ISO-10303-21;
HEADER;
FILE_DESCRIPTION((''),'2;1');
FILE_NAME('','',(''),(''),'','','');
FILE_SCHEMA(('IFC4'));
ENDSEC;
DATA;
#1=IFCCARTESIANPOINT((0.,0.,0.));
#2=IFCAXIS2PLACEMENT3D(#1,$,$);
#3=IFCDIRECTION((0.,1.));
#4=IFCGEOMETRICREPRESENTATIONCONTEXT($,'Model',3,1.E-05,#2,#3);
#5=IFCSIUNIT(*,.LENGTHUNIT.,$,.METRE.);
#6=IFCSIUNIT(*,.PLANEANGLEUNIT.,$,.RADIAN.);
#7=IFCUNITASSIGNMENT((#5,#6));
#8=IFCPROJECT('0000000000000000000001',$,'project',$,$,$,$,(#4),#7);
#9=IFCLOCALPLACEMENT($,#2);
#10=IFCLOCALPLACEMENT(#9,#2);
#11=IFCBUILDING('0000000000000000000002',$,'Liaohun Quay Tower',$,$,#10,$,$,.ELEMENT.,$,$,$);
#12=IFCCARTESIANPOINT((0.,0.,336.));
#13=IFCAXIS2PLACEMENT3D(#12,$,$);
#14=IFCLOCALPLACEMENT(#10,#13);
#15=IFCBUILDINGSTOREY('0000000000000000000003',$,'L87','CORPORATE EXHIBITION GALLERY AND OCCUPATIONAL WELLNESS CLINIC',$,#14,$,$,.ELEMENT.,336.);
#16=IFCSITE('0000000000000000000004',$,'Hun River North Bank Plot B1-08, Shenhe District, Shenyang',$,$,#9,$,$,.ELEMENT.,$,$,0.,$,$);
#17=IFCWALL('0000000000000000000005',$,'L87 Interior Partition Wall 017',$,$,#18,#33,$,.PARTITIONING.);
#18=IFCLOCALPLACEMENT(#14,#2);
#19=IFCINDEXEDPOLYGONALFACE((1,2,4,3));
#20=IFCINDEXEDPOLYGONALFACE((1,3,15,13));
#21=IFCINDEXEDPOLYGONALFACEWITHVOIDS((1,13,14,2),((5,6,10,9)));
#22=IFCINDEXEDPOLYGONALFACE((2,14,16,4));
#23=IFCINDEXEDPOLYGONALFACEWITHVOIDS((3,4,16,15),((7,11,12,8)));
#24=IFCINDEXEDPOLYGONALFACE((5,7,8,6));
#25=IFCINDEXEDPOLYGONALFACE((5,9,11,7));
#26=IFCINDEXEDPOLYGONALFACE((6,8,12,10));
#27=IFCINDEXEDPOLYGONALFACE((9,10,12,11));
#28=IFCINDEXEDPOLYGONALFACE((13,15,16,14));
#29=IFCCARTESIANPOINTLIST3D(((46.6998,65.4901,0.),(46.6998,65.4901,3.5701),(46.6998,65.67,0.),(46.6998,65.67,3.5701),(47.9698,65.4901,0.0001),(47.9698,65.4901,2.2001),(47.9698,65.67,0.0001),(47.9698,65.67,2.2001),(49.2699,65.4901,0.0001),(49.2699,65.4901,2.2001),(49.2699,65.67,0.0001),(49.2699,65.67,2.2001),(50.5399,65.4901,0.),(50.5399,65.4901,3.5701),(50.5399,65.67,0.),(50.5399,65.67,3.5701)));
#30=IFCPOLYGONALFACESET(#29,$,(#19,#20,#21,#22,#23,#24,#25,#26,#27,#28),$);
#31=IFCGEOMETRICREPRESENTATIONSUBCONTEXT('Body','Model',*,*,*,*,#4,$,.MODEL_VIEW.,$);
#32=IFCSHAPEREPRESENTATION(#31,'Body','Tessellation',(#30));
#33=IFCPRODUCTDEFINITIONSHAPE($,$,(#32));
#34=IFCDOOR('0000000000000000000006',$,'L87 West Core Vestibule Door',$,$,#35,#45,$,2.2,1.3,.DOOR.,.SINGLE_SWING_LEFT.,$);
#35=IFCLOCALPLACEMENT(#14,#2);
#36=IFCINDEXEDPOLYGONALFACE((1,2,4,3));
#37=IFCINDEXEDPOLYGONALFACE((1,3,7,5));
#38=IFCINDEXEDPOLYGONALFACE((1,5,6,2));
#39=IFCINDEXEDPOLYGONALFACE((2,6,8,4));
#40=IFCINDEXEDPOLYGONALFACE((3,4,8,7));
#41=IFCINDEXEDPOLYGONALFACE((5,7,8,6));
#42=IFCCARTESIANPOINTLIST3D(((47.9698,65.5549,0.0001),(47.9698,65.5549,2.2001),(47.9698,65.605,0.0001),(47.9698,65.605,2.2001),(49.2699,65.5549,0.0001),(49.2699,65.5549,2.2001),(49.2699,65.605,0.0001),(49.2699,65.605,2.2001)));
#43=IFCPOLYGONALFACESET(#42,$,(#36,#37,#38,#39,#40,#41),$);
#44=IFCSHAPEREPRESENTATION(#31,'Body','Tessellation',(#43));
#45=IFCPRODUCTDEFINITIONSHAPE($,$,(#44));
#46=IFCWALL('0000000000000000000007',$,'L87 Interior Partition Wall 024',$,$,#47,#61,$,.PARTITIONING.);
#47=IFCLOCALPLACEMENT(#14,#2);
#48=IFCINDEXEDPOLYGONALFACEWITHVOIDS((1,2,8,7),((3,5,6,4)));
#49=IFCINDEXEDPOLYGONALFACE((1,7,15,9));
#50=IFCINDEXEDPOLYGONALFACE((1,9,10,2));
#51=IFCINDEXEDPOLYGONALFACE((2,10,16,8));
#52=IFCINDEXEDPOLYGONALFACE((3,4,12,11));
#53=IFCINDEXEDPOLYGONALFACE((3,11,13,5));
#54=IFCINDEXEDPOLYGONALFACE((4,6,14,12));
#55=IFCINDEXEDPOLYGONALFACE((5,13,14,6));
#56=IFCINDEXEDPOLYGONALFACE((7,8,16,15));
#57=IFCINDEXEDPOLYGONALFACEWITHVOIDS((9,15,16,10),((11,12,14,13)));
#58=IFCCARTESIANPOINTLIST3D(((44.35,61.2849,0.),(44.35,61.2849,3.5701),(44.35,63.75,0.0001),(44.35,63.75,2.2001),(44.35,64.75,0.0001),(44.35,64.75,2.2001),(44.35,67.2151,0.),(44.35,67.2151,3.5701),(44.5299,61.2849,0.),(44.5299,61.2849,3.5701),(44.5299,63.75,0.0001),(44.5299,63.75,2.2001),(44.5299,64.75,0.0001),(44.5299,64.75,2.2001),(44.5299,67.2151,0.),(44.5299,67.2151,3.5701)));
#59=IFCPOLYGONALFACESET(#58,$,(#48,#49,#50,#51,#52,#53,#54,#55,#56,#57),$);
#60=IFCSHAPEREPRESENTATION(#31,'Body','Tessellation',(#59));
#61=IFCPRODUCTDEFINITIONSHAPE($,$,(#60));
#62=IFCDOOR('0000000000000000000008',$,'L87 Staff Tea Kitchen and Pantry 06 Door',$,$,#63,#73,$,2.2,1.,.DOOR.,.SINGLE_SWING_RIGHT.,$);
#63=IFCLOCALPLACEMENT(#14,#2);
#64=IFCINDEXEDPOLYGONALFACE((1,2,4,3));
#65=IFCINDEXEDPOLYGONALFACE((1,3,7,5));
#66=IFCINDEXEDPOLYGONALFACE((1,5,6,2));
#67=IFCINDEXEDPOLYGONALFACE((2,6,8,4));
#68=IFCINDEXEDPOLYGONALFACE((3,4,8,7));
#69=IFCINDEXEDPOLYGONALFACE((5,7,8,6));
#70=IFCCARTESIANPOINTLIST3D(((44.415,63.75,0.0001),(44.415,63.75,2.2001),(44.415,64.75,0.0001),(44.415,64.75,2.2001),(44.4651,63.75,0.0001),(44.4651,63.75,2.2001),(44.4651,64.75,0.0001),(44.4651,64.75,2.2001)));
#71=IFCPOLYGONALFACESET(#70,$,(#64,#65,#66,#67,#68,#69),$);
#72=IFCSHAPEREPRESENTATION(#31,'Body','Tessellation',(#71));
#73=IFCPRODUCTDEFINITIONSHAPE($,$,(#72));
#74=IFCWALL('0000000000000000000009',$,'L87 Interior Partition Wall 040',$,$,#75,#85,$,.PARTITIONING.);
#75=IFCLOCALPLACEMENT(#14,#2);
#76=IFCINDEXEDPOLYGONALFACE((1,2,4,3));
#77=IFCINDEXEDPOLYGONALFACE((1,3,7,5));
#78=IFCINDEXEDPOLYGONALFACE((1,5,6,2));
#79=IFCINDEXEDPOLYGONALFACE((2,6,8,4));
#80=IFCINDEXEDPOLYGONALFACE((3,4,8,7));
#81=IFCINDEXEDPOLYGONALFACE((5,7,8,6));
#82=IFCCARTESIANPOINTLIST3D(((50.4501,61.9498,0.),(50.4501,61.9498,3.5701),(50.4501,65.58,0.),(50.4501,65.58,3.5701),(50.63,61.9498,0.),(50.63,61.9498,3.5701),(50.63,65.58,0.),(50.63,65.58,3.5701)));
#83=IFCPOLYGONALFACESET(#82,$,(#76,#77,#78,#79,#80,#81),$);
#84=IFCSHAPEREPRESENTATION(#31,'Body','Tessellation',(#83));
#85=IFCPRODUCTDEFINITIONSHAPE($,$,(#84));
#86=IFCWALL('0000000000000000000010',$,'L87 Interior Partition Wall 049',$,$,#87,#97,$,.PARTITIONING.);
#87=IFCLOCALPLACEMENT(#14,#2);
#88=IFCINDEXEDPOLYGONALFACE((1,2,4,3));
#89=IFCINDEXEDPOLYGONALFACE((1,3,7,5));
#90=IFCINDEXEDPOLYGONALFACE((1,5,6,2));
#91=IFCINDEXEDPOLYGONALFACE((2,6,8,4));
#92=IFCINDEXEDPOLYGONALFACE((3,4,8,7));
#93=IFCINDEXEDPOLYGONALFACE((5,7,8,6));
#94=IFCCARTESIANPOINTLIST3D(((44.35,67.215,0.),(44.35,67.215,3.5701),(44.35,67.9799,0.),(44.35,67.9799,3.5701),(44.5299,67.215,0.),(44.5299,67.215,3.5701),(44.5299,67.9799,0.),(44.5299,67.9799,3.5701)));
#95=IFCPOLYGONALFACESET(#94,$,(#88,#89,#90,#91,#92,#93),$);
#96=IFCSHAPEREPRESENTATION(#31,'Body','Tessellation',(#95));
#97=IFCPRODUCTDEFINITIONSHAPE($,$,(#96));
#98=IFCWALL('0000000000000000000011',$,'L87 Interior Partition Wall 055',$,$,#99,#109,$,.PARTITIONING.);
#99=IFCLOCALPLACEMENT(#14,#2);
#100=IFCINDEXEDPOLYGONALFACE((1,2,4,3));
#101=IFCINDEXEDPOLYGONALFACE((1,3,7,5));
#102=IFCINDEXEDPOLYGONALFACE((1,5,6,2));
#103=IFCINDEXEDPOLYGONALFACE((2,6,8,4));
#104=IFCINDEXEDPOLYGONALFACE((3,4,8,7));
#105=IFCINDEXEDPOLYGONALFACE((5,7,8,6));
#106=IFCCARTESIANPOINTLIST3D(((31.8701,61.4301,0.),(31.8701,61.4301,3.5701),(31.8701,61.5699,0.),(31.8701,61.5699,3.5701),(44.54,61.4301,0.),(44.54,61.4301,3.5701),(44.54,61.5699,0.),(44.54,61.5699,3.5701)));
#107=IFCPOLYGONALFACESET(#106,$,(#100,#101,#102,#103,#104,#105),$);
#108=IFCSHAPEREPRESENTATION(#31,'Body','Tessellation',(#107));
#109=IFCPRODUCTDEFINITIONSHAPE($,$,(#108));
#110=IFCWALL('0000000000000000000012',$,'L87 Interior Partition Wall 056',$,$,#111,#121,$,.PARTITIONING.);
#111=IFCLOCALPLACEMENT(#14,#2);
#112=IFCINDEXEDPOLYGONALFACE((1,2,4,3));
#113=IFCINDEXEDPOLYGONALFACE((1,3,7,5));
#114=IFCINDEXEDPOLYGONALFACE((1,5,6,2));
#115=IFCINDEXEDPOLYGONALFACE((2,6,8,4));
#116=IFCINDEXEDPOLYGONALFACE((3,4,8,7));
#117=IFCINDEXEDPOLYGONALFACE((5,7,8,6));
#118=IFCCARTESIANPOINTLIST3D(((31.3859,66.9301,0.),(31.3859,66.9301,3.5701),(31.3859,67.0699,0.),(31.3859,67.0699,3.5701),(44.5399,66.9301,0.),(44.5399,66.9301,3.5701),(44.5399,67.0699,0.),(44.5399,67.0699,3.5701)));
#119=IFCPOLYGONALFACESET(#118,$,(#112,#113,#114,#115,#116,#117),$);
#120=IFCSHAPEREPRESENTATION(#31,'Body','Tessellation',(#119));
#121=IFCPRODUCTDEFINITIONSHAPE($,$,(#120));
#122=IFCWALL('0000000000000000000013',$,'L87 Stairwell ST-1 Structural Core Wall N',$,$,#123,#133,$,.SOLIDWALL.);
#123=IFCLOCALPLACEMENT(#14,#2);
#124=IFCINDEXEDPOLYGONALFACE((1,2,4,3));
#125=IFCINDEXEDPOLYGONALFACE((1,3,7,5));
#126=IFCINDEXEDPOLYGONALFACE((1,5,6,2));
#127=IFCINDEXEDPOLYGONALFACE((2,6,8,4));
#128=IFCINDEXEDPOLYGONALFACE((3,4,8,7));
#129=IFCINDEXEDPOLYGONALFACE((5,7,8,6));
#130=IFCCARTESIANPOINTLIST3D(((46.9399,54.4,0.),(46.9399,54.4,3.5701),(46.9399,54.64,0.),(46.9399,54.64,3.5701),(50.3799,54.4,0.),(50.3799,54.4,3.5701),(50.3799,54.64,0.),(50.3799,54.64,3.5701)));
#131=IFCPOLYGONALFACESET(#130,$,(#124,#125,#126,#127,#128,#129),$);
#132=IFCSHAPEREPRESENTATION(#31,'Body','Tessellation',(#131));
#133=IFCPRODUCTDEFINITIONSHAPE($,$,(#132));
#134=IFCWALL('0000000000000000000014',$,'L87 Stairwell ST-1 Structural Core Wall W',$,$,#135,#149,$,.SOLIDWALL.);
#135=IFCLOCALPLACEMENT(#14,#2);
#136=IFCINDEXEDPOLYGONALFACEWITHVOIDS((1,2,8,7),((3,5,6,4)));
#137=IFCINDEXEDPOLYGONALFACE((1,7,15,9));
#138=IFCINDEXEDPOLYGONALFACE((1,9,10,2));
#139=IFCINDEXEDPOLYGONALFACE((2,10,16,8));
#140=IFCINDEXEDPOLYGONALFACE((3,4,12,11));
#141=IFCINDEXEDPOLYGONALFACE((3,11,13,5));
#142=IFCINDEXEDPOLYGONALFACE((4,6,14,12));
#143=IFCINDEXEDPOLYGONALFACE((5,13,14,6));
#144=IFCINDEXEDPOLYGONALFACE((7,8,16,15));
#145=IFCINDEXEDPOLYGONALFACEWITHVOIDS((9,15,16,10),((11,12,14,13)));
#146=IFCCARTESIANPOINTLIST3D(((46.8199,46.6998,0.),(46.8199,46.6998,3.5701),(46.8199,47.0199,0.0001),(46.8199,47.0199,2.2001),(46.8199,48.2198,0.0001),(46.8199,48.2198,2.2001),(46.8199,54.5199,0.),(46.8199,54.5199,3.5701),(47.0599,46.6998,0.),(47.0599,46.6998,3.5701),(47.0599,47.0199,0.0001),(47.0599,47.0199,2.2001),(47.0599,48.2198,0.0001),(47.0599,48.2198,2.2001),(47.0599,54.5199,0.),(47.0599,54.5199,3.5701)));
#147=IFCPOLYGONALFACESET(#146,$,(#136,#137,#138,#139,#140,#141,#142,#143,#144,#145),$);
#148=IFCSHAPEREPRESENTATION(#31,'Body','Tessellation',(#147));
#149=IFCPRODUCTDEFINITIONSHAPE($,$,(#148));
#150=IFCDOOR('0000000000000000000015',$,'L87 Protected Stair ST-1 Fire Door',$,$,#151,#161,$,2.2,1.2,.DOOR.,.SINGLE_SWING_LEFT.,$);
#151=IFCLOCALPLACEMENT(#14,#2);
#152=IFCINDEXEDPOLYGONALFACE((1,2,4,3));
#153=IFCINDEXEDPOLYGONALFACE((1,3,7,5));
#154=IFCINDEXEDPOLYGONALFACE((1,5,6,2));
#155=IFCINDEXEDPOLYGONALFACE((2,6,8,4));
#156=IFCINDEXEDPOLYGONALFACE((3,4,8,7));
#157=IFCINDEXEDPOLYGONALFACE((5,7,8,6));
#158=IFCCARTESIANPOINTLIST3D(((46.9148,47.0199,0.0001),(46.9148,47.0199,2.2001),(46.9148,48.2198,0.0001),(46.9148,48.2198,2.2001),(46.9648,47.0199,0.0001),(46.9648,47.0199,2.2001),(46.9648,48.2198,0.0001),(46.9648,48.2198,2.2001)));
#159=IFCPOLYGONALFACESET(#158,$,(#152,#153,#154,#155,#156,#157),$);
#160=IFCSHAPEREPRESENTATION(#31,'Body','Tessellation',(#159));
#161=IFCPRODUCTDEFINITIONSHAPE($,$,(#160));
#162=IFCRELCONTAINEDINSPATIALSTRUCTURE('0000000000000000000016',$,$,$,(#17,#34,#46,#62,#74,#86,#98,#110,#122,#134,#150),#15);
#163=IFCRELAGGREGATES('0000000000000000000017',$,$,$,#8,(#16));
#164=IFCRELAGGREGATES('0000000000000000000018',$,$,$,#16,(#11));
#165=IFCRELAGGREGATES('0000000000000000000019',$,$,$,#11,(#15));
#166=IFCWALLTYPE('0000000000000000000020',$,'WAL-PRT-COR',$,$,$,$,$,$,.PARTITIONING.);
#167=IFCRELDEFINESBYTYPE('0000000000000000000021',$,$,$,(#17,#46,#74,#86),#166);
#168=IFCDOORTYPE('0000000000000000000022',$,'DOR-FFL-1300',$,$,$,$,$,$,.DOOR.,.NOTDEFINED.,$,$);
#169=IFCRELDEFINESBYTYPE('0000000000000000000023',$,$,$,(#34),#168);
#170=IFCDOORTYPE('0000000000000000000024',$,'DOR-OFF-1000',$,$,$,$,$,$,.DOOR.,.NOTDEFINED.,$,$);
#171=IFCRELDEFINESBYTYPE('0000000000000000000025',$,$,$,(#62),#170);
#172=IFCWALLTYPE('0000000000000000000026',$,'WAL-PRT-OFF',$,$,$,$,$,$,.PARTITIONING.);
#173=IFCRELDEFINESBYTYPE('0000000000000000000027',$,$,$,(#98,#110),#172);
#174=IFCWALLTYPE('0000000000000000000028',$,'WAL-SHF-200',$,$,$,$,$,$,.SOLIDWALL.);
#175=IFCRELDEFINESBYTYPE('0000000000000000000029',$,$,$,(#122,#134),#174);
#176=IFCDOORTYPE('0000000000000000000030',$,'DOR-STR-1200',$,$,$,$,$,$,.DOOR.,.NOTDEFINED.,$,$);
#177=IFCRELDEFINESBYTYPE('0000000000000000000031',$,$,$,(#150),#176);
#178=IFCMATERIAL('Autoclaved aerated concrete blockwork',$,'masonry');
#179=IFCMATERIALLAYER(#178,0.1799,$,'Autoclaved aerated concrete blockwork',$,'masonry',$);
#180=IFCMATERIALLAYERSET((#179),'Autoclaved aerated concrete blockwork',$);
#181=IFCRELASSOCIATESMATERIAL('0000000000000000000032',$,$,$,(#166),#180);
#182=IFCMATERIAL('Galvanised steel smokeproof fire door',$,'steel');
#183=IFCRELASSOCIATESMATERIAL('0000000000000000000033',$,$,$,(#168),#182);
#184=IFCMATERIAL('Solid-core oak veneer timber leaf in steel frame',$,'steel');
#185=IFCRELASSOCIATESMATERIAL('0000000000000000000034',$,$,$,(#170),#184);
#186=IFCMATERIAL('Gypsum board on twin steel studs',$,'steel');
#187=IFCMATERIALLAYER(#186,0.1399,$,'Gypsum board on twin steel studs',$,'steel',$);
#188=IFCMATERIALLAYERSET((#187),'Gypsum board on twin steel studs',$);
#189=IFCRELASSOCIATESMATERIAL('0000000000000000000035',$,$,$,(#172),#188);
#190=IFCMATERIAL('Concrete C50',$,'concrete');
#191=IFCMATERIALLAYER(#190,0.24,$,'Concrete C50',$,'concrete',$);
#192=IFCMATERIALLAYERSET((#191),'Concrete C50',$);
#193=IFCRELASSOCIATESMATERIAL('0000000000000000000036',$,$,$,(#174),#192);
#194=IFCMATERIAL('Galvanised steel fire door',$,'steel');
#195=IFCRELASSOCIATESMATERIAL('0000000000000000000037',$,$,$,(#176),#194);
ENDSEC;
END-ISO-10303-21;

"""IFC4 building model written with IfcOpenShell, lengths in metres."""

from ifc_helpers import new_model, si_unit, direction, frame, frame_2d, origin, place, context, subcontext, project, spatial, rectangle, extrude, source, transform, mapped, material, layer, layer_set, type_object, element, fill, save


model = new_model("IFC4")

# Units and contexts
model_context = context("Model", 3, precision=1e-05, world=origin(), true_north=direction((0.0, 1.0)))
body_context = subcontext(model_context, "Body", "Model", "MODEL_VIEW")
ifc_project = project(units=[si_unit("LENGTHUNIT", "METRE"), si_unit("PLANEANGLEUNIT", "RADIAN")], contexts=[model_context])

# Site, building, storey
site_placement = place(None, origin())
site = spatial("IfcSite", under=ifc_project, at=site_placement, Name="Hun River North Bank Plot B1-08, Shenhe District, Shenyang", CompositionType="ELEMENT", RefElevation=0.0)
building_placement = place(site_placement, origin())
building = spatial("IfcBuilding", under=site, at=building_placement, Name="Liaohun Quay Tower", CompositionType="ELEMENT")
storey_placement = place(building_placement, frame((0.0, 0.0, 336.0)))
storey = spatial("IfcBuildingStorey", under=building, at=storey_placement, Name="L87", Description="CORPORATE EXHIBITION GALLERY AND OCCUPATIONAL WELLNESS CLINIC", CompositionType="ELEMENT", Elevation=336.0)

# Shared definitions
ifc_material_1 = material(Name="Concrete C50", Category="concrete")

# Walls, openings, doors
ifc_material_2 = material(Name="Autoclaved aerated concrete blockwork", Category="masonry")
ifc_layer_1 = layer(ifc_material_2, 0.1799, Name="Autoclaved aerated concrete blockwork", Category="masonry")
ifc_layer_set_1 = layer_set([ifc_layer_1], Name="Autoclaved aerated concrete blockwork")
wall_type_1 = type_object("IfcWallType", Name="WAL-PRT-COR", PredefinedType="PARTITIONING", material=ifc_layer_set_1)
wall_1_placement = place(storey_placement, frame((46.7, 65.5801, 0.0), z_axis=(0.0, 0.0, 1.0), x_axis=(1.0, 0.0, 0.0)))
wall_1 = element("IfcWall", 1, at=wall_1_placement, inside=storey, type_object=wall_type_1, Name="L87 Interior Partition Wall 017", PredefinedType="PARTITIONING", context=body_context, shape_type="SweptSolid", body=[
    extrude(rectangle(XDim=3.8401, YDim=0.1799, at=frame_2d((1.9199, 0.0))), origin(), (0.0, 0.0, 1.0), 3.5701),
])
shared_shape_1 = source(origin(), body_context, "Body", "SweptSolid", [
    extrude(rectangle(XDim=1.3, YDim=2.2, at=frame_2d((0.6499, 1.1001))), frame((0.0, 0.0999, 0.0), z_axis=(0.0, -1.0, 0.0), x_axis=(1.0, 0.0, 0.0)), (0.0, 0.0, 1.0), 0.2),
])
opening_1_placement = place(wall_1_placement, frame((1.27, 0.0, 0.0)))
opening_1 = element("IfcOpeningElement", 2, at=opening_1_placement, cuts=wall_1, PredefinedType="OPENING", context=body_context, shape_type="MappedRepresentation", body=[
    mapped(shared_shape_1, transform((0.0, 0.0, 0.0), x_axis=(1.0, 0.0, 0.0), y_axis=(0.0, 1.0, 0.0), z_axis=(0.0, 0.0, 1.0), scale=1.0)),
])
ifc_material_3 = material(Name="Galvanised steel smokeproof fire door", Category="steel")
door_type_1 = type_object("IfcDoorType", Name="DOR-FFL-1300", OperationType="NOTDEFINED", PredefinedType="DOOR", material=ifc_material_3)
shared_shape_2 = source(origin(), body_context, "Body", "SweptSolid", [
    extrude(rectangle(XDim=1.3, YDim=2.2, at=frame_2d((0.6499, 1.1001))), frame((0.0, 0.0249, 0.0), z_axis=(0.0, -1.0, 0.0), x_axis=(1.0, 0.0, 0.0)), (0.0, 0.0, 1.0), 0.05),
])
door_1_placement = place(opening_1_placement, origin())
door_1 = element("IfcDoor", 3, at=door_1_placement, inside=storey, type_object=door_type_1, Name="L87 West Core Vestibule Door", OperationType="SINGLE_SWING_LEFT", OverallHeight=2.2, OverallWidth=1.3, PredefinedType="DOOR", context=body_context, shape_type="MappedRepresentation", body=[
    mapped(shared_shape_2, transform((0.0, 0.0, 0.0), x_axis=(1.0, 0.0, 0.0), y_axis=(0.0, 1.0, 0.0), z_axis=(0.0, 0.0, 1.0), scale=1.0)),
])
fill(opening_1, door_1)
wall_2_placement = place(storey_placement, frame((44.4399, 61.2849, 0.0), z_axis=(0.0, 0.0, 1.0), x_axis=(0.0, 1.0, 0.0)))
wall_2 = element("IfcWall", 4, at=wall_2_placement, inside=storey, type_object=wall_type_1, Name="L87 Interior Partition Wall 024", PredefinedType="PARTITIONING", context=body_context, shape_type="SweptSolid", body=[
    extrude(rectangle(XDim=5.9302, YDim=0.1799, at=frame_2d((2.9651, 0.0))), origin(), (0.0, 0.0, 1.0), 3.5701),
])
shared_shape_3 = source(origin(), body_context, "Body", "SweptSolid", [
    extrude(rectangle(XDim=1.0, YDim=2.2, at=frame_2d((0.5, 1.1001))), frame((0.0, 0.0999, 0.0), z_axis=(0.0, -1.0, 0.0), x_axis=(1.0, 0.0, 0.0)), (0.0, 0.0, 1.0), 0.2),
])
opening_2_placement = place(wall_2_placement, frame((2.4651, 0.0, 0.0)))
opening_2 = element("IfcOpeningElement", 5, at=opening_2_placement, cuts=wall_2, PredefinedType="OPENING", context=body_context, shape_type="MappedRepresentation", body=[
    mapped(shared_shape_3, transform((0.0, 0.0, 0.0), x_axis=(1.0, 0.0, 0.0), y_axis=(0.0, 1.0, 0.0), z_axis=(0.0, 0.0, 1.0), scale=1.0)),
])
ifc_material_4 = material(Name="Solid-core oak veneer timber leaf in steel frame", Category="steel")
door_type_2 = type_object("IfcDoorType", Name="DOR-OFF-1000", OperationType="NOTDEFINED", PredefinedType="DOOR", material=ifc_material_4)
shared_shape_4 = source(origin(), body_context, "Body", "SweptSolid", [
    extrude(rectangle(XDim=1.0, YDim=2.2, at=frame_2d((0.5, 1.1001))), frame((0.0, 0.0249, 0.0), z_axis=(0.0, -1.0, 0.0), x_axis=(1.0, 0.0, 0.0)), (0.0, 0.0, 1.0), 0.05),
])
door_2_placement = place(opening_2_placement, origin())
door_2 = element("IfcDoor", 6, at=door_2_placement, inside=storey, type_object=door_type_2, Name="L87 Staff Tea Kitchen and Pantry 06 Door", OperationType="SINGLE_SWING_RIGHT", OverallHeight=2.2, OverallWidth=1.0, PredefinedType="DOOR", context=body_context, shape_type="MappedRepresentation", body=[
    mapped(shared_shape_4, transform((0.0, 0.0, 0.0), x_axis=(1.0, 0.0, 0.0), y_axis=(0.0, 1.0, 0.0), z_axis=(0.0, 0.0, 1.0), scale=1.0)),
])
fill(opening_2, door_2)

# Walls
wall_3_placement = place(storey_placement, frame((50.54, 61.95, 0.0), z_axis=(0.0, 0.0, 1.0), x_axis=(0.0, 1.0, 0.0)))
element("IfcWall", 7, at=wall_3_placement, inside=storey, type_object=wall_type_1, Name="L87 Interior Partition Wall 040", PredefinedType="PARTITIONING", context=body_context, shape_type="SweptSolid", body=[
    extrude(rectangle(XDim=3.6301, YDim=0.1799, at=frame_2d((1.8149, 0.0))), origin(), (0.0, 0.0, 1.0), 3.5701),
])
wall_4_placement = place(storey_placement, frame((44.4399, 67.2151, 0.0), z_axis=(0.0, 0.0, 1.0), x_axis=(0.0, 1.0, 0.0)))
element("IfcWall", 8, at=wall_4_placement, inside=storey, type_object=wall_type_1, Name="L87 Interior Partition Wall 049", PredefinedType="PARTITIONING", context=body_context, shape_type="SweptSolid", body=[
    extrude(rectangle(XDim=0.7649, YDim=0.1799, at=frame_2d((0.3823, 0.0))), origin(), (0.0, 0.0, 1.0), 3.5701),
])
ifc_material_5 = material(Name="Gypsum board on twin steel studs", Category="steel")
ifc_layer_2 = layer(ifc_material_5, 0.1399, Name="Gypsum board on twin steel studs", Category="steel")
ifc_layer_set_2 = layer_set([ifc_layer_2], Name="Gypsum board on twin steel studs")
wall_type_2 = type_object("IfcWallType", Name="WAL-PRT-OFF", PredefinedType="PARTITIONING", material=ifc_layer_set_2)
wall_5_placement = place(storey_placement, frame((44.54, 61.5, 0.0), z_axis=(0.0, 0.0, 1.0), x_axis=(-1.0, 0.0, 0.0)))
element("IfcWall", 9, at=wall_5_placement, inside=storey, type_object=wall_type_2, Name="L87 Interior Partition Wall 055", PredefinedType="PARTITIONING", context=body_context, shape_type="SweptSolid", body=[
    extrude(rectangle(XDim=12.6699, YDim=0.1399, at=frame_2d((6.335, 0.0))), origin(), (0.0, 0.0, 1.0), 3.5701),
])
wall_6_placement = place(storey_placement, frame((44.54, 67.0, 0.0), z_axis=(0.0, 0.0, 1.0), x_axis=(-1.0, 0.0, 0.0)))
element("IfcWall", 10, at=wall_6_placement, inside=storey, type_object=wall_type_2, Name="L87 Interior Partition Wall 056", PredefinedType="PARTITIONING", context=body_context, shape_type="SweptSolid", body=[
    extrude(rectangle(XDim=13.1541, YDim=0.1399, at=frame_2d((6.5771, 0.0))), origin(), (0.0, 0.0, 1.0), 3.5701),
])
ifc_layer_3 = layer(ifc_material_1, 0.24, Name="Concrete C50", Category="concrete")
ifc_layer_set_3 = layer_set([ifc_layer_3], Name="Concrete C50")
wall_type_3 = type_object("IfcWallType", Name="WAL-SHF-200", PredefinedType="SOLIDWALL", material=ifc_layer_set_3)
wall_7_placement = place(storey_placement, frame((50.3799, 54.52, 0.0), z_axis=(0.0, 0.0, 1.0), x_axis=(-1.0, 0.0, 0.0)))
element("IfcWall", 11, at=wall_7_placement, inside=storey, type_object=wall_type_3, Name="L87 Stairwell ST-1 Structural Core Wall N", PredefinedType="SOLIDWALL", context=body_context, shape_type="SweptSolid", body=[
    extrude(rectangle(XDim=3.4399, YDim=0.24, at=frame_2d((1.72, 0.0))), origin(), (0.0, 0.0, 1.0), 3.5701),
])

# Wall, opening, door
wall_8_placement = place(storey_placement, frame((46.9399, 54.52, 0.0), z_axis=(0.0, 0.0, 1.0), x_axis=(0.0, -1.0, 0.0)))
wall_8 = element("IfcWall", 12, at=wall_8_placement, inside=storey, type_object=wall_type_3, Name="L87 Stairwell ST-1 Structural Core Wall W", PredefinedType="SOLIDWALL", context=body_context, shape_type="SweptSolid", body=[
    extrude(rectangle(XDim=7.8201, YDim=0.24, at=frame_2d((3.9102, 0.0))), origin(), (0.0, 0.0, 1.0), 3.5701),
])
shared_shape_5 = source(origin(), body_context, "Body", "SweptSolid", [
    extrude(rectangle(XDim=1.2, YDim=2.2, at=frame_2d((0.6001, 1.1001))), frame((0.0, 0.1299, 0.0), z_axis=(0.0, -1.0, 0.0), x_axis=(1.0, 0.0, 0.0)), (0.0, 0.0, 1.0), 0.26),
])
opening_3_placement = place(wall_8_placement, frame((6.3, 0.0, 0.0)))
opening_3 = element("IfcOpeningElement", 13, at=opening_3_placement, cuts=wall_8, PredefinedType="OPENING", context=body_context, shape_type="MappedRepresentation", body=[
    mapped(shared_shape_5, transform((0.0, 0.0, 0.0), x_axis=(1.0, 0.0, 0.0), y_axis=(0.0, 1.0, 0.0), z_axis=(0.0, 0.0, 1.0), scale=1.0)),
])
ifc_material_6 = material(Name="Galvanised steel fire door", Category="steel")
door_type_3 = type_object("IfcDoorType", Name="DOR-STR-1200", OperationType="NOTDEFINED", PredefinedType="DOOR", material=ifc_material_6)
shared_shape_6 = source(origin(), body_context, "Body", "SweptSolid", [
    extrude(rectangle(XDim=1.2, YDim=2.2, at=frame_2d((0.6001, 1.1001))), frame((0.0, 0.0249, 0.0), z_axis=(0.0, -1.0, 0.0), x_axis=(1.0, 0.0, 0.0)), (0.0, 0.0, 1.0), 0.05),
])
door_3_placement = place(opening_3_placement, origin())
door_3 = element("IfcDoor", 14, at=door_3_placement, inside=storey, type_object=door_type_3, Name="L87 Protected Stair ST-1 Fire Door", OperationType="SINGLE_SWING_LEFT", OverallHeight=2.2, OverallWidth=1.2, PredefinedType="DOOR", context=body_context, shape_type="MappedRepresentation", body=[
    mapped(shared_shape_6, transform((0.0, 0.0, 0.0), x_axis=(1.0, 0.0, 0.0), y_axis=(0.0, 1.0, 0.0), z_axis=(0.0, 0.0, 1.0), scale=1.0)),
])
fill(opening_3, door_3)

save(model, "model.ifc")
